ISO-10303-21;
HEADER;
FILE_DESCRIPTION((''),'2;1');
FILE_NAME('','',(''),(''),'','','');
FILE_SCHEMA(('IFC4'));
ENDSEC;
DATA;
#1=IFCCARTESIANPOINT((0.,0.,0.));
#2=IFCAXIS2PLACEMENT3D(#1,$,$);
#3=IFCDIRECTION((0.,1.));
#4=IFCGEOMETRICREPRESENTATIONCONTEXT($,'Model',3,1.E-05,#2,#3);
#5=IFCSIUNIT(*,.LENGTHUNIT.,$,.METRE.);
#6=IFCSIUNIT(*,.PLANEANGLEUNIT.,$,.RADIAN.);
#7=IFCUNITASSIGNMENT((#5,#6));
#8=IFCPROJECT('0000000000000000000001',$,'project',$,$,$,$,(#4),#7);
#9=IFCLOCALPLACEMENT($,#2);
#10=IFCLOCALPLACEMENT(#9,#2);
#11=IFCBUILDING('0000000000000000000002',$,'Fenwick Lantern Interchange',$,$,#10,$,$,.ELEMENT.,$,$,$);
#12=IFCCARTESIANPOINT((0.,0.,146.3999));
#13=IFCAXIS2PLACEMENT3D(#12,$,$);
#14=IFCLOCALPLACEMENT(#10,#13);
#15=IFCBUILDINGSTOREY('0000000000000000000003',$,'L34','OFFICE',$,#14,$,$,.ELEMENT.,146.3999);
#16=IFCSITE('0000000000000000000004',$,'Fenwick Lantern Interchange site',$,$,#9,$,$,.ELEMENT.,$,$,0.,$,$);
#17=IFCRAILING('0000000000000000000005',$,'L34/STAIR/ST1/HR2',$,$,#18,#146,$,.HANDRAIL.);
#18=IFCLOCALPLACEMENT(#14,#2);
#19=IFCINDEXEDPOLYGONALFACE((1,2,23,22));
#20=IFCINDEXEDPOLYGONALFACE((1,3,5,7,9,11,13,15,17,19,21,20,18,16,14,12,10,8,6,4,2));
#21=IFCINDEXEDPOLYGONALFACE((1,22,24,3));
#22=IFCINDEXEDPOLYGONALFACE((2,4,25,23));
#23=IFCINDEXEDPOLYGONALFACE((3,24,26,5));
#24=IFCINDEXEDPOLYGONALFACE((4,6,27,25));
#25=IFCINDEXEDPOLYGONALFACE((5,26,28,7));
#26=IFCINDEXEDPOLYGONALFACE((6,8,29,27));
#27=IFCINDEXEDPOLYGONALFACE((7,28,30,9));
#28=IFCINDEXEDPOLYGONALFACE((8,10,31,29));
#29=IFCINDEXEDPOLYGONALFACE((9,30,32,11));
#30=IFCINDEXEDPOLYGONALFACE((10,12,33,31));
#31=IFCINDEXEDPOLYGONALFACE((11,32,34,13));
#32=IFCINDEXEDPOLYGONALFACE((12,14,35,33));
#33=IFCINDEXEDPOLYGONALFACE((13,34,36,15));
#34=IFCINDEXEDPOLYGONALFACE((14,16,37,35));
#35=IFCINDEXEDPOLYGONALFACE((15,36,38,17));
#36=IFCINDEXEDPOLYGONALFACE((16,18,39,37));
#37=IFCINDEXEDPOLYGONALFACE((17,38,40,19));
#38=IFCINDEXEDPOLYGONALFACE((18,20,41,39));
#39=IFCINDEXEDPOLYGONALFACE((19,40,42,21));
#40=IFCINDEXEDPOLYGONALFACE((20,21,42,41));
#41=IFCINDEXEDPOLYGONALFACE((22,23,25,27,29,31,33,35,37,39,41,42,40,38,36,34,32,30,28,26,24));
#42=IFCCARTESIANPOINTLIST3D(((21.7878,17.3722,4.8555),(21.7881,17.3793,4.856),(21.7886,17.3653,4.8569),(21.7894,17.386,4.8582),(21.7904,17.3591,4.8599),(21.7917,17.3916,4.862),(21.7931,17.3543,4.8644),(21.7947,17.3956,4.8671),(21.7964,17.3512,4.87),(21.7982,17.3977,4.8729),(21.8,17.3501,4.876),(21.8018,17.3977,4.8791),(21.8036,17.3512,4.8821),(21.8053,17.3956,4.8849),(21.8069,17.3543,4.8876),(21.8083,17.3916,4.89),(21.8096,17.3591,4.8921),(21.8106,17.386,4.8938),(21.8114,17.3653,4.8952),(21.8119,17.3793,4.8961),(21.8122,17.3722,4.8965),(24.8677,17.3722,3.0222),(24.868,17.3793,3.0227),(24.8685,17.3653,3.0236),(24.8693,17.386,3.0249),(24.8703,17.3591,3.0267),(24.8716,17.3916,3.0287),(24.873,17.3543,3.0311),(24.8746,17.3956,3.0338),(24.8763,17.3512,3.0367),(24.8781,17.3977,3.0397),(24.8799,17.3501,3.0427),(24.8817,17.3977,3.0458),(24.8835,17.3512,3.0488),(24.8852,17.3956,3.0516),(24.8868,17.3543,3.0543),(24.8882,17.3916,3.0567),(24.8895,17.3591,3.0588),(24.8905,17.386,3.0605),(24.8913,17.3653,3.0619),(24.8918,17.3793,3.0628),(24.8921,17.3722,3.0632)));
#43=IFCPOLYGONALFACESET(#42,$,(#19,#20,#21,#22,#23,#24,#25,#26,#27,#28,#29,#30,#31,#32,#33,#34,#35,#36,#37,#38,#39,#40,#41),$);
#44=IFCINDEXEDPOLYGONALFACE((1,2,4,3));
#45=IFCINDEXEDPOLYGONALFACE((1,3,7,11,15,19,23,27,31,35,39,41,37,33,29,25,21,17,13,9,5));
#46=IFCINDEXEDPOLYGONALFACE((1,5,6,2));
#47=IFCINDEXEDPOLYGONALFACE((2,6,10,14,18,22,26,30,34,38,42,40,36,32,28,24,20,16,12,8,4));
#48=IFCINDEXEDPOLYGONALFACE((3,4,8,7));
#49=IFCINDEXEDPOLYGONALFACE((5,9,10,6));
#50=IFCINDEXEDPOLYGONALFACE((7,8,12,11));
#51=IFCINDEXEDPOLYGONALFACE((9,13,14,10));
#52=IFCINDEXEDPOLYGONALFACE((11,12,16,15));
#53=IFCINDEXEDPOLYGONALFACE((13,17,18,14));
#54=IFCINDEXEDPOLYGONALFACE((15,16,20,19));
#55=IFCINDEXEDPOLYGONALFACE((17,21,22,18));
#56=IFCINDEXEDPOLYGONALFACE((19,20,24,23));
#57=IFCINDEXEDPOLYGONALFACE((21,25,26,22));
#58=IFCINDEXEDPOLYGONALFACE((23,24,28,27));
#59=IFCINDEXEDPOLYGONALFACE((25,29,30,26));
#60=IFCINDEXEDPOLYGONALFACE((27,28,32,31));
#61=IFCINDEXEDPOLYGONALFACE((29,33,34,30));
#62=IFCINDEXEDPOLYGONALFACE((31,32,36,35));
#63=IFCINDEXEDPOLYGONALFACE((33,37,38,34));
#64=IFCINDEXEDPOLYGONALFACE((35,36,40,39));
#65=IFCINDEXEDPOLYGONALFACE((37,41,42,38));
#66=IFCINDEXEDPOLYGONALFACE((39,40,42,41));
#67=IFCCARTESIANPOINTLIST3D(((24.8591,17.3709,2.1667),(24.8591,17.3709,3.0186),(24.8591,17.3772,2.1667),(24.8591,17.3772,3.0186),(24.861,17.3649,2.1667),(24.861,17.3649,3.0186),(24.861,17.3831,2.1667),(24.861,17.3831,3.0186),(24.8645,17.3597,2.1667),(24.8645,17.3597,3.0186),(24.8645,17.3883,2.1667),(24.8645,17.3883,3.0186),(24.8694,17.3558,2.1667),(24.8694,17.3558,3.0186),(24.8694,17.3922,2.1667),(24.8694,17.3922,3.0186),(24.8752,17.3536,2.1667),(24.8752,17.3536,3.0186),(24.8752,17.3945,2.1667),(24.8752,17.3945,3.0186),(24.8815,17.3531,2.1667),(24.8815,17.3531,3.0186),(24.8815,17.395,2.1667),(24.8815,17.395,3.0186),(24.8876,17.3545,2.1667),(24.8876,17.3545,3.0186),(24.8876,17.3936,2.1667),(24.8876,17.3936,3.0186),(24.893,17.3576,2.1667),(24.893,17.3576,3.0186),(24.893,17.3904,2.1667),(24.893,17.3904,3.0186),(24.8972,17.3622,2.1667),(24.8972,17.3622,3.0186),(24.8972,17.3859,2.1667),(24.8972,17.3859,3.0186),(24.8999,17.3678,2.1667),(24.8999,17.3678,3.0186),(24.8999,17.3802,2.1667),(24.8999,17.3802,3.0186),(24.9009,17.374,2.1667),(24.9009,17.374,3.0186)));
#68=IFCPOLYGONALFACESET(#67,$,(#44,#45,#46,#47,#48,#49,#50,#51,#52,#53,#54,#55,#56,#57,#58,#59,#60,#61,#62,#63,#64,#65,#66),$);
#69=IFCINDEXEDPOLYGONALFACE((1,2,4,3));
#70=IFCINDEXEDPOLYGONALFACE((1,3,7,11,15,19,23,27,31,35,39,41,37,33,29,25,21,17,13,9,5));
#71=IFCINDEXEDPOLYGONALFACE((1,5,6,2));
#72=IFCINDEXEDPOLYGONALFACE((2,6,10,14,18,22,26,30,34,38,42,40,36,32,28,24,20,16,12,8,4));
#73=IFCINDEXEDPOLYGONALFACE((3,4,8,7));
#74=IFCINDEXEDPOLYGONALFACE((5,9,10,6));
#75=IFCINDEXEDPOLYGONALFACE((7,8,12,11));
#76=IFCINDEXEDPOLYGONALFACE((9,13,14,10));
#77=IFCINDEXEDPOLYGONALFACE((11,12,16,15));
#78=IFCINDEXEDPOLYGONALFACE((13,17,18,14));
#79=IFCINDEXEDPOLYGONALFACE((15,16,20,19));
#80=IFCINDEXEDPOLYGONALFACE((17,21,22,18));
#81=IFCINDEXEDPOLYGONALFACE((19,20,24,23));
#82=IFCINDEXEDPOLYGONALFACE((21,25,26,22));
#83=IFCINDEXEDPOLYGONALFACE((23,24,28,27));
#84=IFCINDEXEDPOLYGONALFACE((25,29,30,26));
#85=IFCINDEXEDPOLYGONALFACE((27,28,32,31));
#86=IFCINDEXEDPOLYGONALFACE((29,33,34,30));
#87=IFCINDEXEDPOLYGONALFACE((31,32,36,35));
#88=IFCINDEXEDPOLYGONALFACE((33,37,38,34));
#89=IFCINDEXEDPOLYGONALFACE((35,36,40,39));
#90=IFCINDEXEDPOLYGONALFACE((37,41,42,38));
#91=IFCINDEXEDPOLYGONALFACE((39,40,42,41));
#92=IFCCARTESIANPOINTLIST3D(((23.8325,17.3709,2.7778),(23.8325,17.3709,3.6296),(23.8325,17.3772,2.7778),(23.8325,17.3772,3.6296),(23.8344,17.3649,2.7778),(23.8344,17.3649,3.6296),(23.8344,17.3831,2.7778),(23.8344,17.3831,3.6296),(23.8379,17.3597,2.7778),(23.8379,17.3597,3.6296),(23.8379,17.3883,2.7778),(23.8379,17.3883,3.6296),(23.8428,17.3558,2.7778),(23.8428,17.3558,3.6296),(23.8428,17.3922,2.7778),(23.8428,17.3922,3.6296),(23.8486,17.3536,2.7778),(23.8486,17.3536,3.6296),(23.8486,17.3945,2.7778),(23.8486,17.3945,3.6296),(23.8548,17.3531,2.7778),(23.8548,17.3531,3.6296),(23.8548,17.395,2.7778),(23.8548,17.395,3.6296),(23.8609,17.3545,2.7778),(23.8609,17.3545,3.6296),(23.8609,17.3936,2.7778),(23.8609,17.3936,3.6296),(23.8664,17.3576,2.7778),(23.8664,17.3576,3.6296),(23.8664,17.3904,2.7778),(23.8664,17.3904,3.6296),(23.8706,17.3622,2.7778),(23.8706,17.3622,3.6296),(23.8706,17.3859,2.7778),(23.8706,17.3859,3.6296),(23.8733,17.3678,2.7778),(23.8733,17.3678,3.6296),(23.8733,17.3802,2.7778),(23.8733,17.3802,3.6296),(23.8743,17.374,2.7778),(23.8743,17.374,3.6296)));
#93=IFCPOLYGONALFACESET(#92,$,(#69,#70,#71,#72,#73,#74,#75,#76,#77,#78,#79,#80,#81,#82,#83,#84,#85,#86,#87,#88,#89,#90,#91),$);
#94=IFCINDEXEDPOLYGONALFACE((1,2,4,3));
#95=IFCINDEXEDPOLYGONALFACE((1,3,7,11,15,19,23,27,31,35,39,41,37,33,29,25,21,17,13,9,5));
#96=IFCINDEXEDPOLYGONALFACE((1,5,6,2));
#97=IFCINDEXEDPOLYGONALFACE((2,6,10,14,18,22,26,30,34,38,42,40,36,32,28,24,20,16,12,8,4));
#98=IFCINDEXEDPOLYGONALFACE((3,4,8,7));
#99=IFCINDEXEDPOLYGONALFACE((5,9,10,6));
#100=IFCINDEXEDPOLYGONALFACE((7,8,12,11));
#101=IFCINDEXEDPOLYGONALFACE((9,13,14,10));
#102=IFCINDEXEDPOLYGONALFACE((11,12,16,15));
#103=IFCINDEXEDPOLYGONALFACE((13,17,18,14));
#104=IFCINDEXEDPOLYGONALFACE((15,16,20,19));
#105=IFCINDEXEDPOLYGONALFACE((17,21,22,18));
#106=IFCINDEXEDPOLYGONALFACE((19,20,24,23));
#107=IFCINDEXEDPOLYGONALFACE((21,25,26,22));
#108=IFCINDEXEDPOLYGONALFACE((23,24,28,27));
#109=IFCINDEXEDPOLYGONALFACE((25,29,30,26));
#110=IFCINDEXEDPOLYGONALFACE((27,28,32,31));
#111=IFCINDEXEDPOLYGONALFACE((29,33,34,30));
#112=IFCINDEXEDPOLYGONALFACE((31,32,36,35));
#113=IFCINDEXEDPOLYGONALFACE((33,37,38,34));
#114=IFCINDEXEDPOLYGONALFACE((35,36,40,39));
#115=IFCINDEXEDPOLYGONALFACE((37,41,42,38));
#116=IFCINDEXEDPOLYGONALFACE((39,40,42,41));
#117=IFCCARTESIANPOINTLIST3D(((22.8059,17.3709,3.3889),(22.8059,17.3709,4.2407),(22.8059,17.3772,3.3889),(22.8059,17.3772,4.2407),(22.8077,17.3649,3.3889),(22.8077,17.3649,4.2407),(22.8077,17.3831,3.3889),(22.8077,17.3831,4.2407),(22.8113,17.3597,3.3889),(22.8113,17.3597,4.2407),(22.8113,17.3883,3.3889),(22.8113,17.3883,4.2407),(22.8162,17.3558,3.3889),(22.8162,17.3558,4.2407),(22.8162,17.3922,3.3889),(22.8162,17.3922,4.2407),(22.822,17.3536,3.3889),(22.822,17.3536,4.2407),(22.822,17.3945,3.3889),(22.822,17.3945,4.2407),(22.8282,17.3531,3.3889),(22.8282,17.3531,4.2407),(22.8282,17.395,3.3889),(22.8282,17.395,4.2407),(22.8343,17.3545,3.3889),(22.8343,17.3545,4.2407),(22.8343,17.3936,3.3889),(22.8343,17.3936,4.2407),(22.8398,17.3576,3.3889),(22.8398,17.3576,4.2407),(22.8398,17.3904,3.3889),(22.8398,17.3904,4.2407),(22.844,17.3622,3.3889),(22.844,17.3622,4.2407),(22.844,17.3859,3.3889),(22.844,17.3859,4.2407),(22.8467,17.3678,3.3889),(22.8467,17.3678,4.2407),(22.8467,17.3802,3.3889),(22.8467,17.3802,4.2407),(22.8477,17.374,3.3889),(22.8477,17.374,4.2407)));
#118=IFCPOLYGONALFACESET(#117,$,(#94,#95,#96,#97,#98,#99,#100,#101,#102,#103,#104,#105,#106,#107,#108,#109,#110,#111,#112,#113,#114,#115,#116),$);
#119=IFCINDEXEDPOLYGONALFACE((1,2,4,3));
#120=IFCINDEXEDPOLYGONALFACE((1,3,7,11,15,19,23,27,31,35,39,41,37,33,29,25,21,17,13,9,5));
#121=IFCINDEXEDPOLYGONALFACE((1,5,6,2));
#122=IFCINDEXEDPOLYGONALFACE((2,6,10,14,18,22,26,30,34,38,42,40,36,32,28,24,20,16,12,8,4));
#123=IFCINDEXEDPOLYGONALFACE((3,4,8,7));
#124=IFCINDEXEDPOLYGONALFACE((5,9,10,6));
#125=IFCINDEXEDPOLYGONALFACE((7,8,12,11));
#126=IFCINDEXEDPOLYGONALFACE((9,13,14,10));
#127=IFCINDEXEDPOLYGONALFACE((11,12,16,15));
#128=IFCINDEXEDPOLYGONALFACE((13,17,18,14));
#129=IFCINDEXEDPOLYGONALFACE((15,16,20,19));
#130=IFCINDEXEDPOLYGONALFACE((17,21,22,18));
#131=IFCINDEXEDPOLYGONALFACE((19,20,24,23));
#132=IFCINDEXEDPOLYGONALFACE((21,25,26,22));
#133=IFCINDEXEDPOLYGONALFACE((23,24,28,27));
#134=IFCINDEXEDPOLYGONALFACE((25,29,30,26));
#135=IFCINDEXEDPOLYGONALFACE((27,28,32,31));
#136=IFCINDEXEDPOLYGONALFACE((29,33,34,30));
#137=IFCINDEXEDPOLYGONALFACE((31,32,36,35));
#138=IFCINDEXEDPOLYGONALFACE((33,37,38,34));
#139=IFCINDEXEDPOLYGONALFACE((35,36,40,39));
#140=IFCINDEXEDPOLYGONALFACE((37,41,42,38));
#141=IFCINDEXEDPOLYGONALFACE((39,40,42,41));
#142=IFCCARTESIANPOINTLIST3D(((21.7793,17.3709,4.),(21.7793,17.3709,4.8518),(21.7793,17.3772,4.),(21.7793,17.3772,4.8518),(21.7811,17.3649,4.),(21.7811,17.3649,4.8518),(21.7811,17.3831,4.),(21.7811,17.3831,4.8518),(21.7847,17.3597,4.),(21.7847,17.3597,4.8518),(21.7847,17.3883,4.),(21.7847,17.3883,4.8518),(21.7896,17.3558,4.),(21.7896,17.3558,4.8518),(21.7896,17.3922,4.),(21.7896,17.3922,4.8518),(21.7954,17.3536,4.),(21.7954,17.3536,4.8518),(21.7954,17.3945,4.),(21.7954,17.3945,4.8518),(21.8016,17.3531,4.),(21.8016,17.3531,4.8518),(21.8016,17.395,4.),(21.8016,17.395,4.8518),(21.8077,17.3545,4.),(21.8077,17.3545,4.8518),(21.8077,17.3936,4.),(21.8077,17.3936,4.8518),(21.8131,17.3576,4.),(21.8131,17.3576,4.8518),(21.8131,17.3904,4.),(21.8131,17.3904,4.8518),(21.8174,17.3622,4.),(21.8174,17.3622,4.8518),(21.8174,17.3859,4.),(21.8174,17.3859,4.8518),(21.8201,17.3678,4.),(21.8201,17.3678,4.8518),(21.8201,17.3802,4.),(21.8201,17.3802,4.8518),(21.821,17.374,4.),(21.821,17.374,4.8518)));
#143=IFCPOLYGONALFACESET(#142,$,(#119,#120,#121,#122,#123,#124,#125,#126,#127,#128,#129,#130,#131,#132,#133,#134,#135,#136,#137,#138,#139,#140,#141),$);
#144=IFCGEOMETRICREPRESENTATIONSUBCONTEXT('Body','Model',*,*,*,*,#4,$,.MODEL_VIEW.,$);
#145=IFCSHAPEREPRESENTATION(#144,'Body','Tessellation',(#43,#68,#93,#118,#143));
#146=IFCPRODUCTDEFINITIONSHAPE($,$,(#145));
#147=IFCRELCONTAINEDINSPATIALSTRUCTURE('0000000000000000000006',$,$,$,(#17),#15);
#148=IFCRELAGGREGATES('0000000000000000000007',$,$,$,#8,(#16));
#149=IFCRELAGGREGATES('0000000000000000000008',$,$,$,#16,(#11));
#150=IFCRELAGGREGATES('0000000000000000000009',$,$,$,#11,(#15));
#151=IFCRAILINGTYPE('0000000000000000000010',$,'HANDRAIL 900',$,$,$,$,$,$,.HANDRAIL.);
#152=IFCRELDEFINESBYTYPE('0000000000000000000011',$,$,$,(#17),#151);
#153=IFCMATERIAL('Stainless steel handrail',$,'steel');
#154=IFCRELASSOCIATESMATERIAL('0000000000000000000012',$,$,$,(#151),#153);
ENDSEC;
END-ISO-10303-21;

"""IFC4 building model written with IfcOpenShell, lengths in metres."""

from ifc_helpers import new_model, si_unit, direction, frame, origin, origin_2d, place, context, subcontext, project, spatial, circle, extrude, material, type_object, element, save


model = new_model("IFC4")

# Units and contexts
model_context = context("Model", 3, precision=1e-05, world=origin(), true_north=direction((0.0, 1.0)))
body_context = subcontext(model_context, "Body", "Model", "MODEL_VIEW")
ifc_project = project(units=[si_unit("LENGTHUNIT", "METRE"), si_unit("PLANEANGLEUNIT", "RADIAN")], contexts=[model_context])

# Site, building, storey
site_placement = place(None, origin())
site = spatial("IfcSite", under=ifc_project, at=site_placement, Name="Fenwick Lantern Interchange site", CompositionType="ELEMENT", RefElevation=0.0)
building_placement = place(site_placement, origin())
building = spatial("IfcBuilding", under=site, at=building_placement, Name="Fenwick Lantern Interchange", CompositionType="ELEMENT")
storey_placement = place(building_placement, frame((0.0, 0.0, 146.3999)))
storey = spatial("IfcBuildingStorey", under=building, at=storey_placement, Name="L34", Description="OFFICE", CompositionType="ELEMENT", Elevation=146.3999)

# Railing
ifc_material_1 = material(Name="Stainless steel handrail", Category="steel")
railing_type = type_object("IfcRailingType", Name="HANDRAIL 900", PredefinedType="HANDRAIL", material=ifc_material_1)
railing_1_placement = place(storey_placement, frame((24.8799, 17.374, 2.1667)))
element("IfcRailing", 1, at=railing_1_placement, inside=storey, type_object=railing_type, Name="L34/STAIR/ST1/HR2", PredefinedType="HANDRAIL", context=body_context, shape_type="SweptSolid", body=[
    extrude(circle(Radius=0.0239, at=origin_2d()), frame((0.0, 0.0, 0.876), z_axis=(-0.859291, 0.0, 0.511487), x_axis=(0.0, -1.0, 0.0)), (0.0, 0.0, 1.0), 3.5842),
    extrude(circle(Radius=0.021, at=origin_2d()), origin(), (0.0, 0.0, 1.0), 0.8518),
    extrude(circle(Radius=0.021, at=origin_2d()), frame((-1.0266, 0.0, 0.6111)), (0.0, 0.0, 1.0), 0.8518),
    extrude(circle(Radius=0.021, at=origin_2d()), frame((-2.0532, 0.0, 1.2222)), (0.0, 0.0, 1.0), 0.8518),
    extrude(circle(Radius=0.021, at=origin_2d()), frame((-3.0798, 0.0, 1.8333)), (0.0, 0.0, 1.0), 0.8518),
])

save(model, "model.ifc")
